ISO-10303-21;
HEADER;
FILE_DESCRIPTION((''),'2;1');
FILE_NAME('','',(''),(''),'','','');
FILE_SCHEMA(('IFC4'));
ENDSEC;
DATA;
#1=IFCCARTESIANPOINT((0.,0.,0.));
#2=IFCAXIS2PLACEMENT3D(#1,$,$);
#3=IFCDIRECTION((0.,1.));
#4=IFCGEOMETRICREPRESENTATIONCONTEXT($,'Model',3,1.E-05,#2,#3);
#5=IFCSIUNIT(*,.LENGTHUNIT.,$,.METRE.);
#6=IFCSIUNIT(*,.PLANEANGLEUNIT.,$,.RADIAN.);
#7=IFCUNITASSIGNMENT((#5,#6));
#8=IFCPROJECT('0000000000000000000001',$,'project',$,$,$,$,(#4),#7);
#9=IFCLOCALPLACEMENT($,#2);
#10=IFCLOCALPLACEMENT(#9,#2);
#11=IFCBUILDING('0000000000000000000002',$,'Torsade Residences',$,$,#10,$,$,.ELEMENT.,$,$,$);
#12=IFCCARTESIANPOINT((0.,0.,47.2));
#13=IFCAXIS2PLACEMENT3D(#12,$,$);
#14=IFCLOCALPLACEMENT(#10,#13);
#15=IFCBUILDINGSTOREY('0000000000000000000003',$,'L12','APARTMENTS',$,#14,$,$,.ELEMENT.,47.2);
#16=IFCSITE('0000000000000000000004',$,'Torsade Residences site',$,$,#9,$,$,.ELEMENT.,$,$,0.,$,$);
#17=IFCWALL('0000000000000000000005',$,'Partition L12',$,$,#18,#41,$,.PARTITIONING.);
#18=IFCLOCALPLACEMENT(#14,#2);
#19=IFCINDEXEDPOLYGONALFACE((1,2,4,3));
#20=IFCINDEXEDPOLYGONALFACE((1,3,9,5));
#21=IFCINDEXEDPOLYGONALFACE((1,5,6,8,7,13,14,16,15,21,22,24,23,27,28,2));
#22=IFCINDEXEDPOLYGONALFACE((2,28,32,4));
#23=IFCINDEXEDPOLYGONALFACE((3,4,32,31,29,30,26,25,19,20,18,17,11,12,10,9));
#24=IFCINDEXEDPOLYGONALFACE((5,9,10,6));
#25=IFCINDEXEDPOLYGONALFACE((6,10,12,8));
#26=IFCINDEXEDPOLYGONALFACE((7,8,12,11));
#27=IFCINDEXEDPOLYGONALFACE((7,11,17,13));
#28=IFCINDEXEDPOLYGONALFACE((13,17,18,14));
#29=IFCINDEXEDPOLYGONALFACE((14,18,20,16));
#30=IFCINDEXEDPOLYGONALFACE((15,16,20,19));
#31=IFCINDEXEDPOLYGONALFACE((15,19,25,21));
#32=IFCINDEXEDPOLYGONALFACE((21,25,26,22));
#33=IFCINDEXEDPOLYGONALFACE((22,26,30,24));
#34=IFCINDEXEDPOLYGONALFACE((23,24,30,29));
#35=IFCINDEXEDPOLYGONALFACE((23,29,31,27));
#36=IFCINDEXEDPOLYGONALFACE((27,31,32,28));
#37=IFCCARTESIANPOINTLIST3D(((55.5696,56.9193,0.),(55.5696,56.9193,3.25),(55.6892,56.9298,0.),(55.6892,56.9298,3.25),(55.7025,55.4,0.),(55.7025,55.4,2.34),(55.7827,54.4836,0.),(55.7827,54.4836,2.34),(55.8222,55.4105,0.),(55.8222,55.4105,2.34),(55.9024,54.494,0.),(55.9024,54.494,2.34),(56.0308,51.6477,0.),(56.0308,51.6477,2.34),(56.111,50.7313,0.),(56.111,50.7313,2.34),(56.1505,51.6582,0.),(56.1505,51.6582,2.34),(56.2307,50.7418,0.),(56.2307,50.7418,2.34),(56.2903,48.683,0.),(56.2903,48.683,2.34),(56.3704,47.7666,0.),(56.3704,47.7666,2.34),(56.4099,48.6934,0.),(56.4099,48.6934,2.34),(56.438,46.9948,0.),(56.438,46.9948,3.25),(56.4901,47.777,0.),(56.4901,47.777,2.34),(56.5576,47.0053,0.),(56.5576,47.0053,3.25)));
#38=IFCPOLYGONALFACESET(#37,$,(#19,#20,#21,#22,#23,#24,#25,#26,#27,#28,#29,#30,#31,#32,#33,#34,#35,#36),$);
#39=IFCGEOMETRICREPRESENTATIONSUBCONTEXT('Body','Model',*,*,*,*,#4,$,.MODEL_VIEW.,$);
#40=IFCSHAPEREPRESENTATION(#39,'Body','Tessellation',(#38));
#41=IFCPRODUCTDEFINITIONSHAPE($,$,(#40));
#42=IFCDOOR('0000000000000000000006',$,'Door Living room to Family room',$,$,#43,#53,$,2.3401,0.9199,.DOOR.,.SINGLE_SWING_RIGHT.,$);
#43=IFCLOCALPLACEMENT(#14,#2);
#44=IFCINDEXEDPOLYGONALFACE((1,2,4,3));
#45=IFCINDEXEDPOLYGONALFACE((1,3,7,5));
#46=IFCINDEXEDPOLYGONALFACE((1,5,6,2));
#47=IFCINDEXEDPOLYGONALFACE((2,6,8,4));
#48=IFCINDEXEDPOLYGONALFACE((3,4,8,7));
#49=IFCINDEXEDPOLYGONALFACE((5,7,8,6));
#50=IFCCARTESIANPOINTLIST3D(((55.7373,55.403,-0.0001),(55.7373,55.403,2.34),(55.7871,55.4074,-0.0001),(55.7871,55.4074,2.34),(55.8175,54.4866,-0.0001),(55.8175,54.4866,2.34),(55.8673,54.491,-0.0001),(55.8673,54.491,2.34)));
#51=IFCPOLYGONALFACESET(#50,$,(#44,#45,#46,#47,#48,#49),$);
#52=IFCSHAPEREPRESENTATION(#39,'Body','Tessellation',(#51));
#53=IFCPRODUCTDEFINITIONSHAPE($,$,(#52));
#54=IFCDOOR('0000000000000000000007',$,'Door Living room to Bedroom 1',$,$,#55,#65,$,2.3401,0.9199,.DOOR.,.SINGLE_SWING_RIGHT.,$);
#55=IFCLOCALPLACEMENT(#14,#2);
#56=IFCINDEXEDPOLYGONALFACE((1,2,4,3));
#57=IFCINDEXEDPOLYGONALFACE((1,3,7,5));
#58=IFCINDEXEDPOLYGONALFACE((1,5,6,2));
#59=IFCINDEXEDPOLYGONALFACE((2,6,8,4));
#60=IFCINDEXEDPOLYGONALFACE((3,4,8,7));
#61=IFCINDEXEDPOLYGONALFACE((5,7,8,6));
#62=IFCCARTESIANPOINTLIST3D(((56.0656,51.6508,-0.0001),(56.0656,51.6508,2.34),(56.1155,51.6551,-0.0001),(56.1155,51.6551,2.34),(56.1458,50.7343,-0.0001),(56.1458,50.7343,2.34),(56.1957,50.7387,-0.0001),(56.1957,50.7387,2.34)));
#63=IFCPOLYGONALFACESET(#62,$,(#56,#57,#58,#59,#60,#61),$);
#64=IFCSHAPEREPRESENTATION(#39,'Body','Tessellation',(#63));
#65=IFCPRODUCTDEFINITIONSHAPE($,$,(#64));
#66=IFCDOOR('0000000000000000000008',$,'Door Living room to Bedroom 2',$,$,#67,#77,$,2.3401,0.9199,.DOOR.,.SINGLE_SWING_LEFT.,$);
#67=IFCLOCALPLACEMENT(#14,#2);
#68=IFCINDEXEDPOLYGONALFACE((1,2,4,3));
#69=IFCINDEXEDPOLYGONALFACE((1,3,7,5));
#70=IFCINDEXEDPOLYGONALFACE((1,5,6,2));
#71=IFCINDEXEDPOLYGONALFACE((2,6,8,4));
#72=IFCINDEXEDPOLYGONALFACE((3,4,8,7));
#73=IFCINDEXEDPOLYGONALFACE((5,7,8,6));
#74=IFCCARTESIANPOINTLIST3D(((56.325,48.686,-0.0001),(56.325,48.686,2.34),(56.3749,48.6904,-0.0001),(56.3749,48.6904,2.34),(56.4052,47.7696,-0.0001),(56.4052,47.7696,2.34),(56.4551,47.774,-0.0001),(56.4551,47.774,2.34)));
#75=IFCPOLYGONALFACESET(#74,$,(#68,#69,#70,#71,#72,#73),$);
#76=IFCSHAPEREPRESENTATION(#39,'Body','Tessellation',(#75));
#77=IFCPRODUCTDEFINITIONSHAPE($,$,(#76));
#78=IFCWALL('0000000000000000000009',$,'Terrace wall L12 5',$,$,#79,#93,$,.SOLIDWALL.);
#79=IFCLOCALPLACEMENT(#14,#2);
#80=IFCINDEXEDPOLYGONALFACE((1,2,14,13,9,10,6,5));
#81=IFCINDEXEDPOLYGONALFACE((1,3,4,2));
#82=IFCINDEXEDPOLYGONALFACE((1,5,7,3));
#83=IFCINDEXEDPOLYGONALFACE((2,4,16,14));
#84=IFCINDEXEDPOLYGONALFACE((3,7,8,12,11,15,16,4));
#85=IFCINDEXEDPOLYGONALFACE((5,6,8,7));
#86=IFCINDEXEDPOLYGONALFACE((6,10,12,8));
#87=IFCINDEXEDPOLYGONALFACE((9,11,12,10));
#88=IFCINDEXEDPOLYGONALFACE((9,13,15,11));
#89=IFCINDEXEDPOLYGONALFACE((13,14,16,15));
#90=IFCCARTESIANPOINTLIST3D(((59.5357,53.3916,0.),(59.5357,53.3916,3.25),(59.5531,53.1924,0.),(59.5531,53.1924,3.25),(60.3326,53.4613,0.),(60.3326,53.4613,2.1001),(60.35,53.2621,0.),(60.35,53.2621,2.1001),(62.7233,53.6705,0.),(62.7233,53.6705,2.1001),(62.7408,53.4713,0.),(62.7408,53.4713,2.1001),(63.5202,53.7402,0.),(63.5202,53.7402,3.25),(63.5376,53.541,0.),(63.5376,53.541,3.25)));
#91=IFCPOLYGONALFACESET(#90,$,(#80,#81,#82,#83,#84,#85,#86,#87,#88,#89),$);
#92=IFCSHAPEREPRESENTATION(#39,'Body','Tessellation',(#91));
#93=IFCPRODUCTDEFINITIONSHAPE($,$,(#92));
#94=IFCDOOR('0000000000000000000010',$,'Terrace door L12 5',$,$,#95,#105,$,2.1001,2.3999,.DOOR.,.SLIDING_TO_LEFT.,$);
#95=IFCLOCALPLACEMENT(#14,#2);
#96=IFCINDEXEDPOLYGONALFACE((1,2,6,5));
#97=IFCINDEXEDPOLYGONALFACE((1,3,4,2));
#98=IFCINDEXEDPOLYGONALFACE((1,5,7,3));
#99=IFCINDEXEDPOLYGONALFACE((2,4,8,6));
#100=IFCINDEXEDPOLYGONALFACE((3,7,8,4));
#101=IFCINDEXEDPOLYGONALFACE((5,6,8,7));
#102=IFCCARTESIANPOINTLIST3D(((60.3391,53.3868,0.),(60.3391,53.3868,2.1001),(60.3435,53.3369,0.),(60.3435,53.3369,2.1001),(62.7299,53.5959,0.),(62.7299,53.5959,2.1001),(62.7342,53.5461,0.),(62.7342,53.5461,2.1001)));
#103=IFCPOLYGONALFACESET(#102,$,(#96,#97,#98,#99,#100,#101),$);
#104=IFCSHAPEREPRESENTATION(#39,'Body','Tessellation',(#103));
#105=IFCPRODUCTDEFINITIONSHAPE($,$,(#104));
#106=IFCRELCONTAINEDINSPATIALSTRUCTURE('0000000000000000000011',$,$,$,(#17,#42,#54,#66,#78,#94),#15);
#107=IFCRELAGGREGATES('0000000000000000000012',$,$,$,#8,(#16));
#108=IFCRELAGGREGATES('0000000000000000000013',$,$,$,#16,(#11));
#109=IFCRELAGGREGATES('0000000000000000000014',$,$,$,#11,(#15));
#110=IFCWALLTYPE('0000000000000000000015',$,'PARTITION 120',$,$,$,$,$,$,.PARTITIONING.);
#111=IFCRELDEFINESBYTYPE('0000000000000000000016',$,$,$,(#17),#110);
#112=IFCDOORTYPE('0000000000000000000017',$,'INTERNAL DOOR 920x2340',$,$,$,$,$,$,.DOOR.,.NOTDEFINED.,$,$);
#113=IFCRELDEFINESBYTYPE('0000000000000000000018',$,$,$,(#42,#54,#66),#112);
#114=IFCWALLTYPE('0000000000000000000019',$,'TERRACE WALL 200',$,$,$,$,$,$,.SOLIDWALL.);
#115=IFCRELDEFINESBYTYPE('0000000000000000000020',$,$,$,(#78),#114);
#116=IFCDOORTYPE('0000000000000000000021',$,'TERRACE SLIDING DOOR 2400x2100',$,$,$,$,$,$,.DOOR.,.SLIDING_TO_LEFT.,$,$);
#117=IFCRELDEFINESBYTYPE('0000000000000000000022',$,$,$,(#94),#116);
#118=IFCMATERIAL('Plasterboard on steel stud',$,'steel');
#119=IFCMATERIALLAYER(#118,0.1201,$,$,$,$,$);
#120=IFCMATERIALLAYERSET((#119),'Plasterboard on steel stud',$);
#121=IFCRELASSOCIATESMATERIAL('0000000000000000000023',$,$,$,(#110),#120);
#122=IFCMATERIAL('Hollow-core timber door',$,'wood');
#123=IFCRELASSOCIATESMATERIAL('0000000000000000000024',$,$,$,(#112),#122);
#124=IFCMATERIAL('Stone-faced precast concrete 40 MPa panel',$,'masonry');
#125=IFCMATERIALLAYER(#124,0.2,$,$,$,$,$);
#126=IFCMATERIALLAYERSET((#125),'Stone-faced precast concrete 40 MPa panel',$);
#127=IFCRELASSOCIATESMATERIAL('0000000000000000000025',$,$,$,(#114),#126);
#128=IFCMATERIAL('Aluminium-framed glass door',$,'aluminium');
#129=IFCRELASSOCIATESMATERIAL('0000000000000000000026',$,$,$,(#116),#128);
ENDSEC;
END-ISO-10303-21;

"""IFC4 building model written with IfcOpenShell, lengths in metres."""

from ifc_helpers import new_model, si_unit, direction, frame, frame_2d, origin, place, context, subcontext, project, spatial, rectangle, extrude, material, layer, layer_set, type_object, element, fill, save


model = new_model("IFC4")

# Units and contexts
model_context = context("Model", 3, precision=1e-05, world=origin(), true_north=direction((0.0, 1.0)))
body_context = subcontext(model_context, "Body", "Model", "MODEL_VIEW")
ifc_project = project(units=[si_unit("LENGTHUNIT", "METRE"), si_unit("PLANEANGLEUNIT", "RADIAN")], contexts=[model_context])

# Site, building, storey
site_placement = place(None, origin())
site = spatial("IfcSite", under=ifc_project, at=site_placement, Name="Torsade Residences site", CompositionType="ELEMENT", RefElevation=0.0)
building_placement = place(site_placement, origin())
building = spatial("IfcBuilding", under=site, at=building_placement, Name="Torsade Residences", CompositionType="ELEMENT")
storey_placement = place(building_placement, frame((0.0, 0.0, 47.2)))
storey = spatial("IfcBuildingStorey", under=building, at=storey_placement, Name="L12", Description="APARTMENTS", CompositionType="ELEMENT", Elevation=47.2)

# Wall, openings, doors
ifc_material_1 = material(Name="Plasterboard on steel stud", Category="steel")
ifc_layer_1 = layer(ifc_material_1, 0.1201)
ifc_layer_set_1 = layer_set([ifc_layer_1], Name="Plasterboard on steel stud")
wall_type_1 = type_object("IfcWallType", Name="PARTITION 120", PredefinedType="PARTITIONING", material=ifc_layer_set_1)
wall_1_placement = place(storey_placement, frame((55.6294, 56.9246, 0.0), z_axis=(0.0, 0.0, 1.0), x_axis=(0.087168, -0.996194, 0.0)))
wall_1 = element("IfcWall", 1, at=wall_1_placement, inside=storey, type_object=wall_type_1, Name="Partition L12", PredefinedType="PARTITIONING", context=body_context, shape_type="SweptSolid", body=[
    extrude(rectangle(XDim=9.9624, YDim=0.1201, at=frame_2d((4.9812, 0.0))), origin(), (0.0, 0.0, 1.0), 3.25),
])
opening_1_placement = place(wall_1_placement, frame((1.5251, 0.0, 0.0)))
opening_1 = element("IfcOpeningElement", 2, at=opening_1_placement, cuts=wall_1, PredefinedType="OPENING", context=body_context, shape_type="SweptSolid", body=[
    extrude(rectangle(XDim=0.9199, YDim=2.3401, at=frame_2d((0.46, 1.1699))), frame((0.0, 0.0701, 0.0), z_axis=(0.0, -1.0, 0.0), x_axis=(1.0, 0.0, 0.0)), (0.0, 0.0, 1.0), 0.1401),
])
opening_2_placement = place(wall_1_placement, frame((5.2917, 0.0, 0.0)))
opening_2 = element("IfcOpeningElement", 3, at=opening_2_placement, cuts=wall_1, PredefinedType="OPENING", context=body_context, shape_type="SweptSolid", body=[
    extrude(rectangle(XDim=0.9199, YDim=2.3401, at=frame_2d((0.46, 1.1699))), frame((0.0, 0.0701, 0.0), z_axis=(0.0, -1.0, 0.0), x_axis=(1.0, 0.0, 0.0)), (0.0, 0.0, 1.0), 0.1401),
])
opening_3_placement = place(wall_1_placement, frame((8.2678, 0.0, 0.0)))
opening_3 = element("IfcOpeningElement", 4, at=opening_3_placement, cuts=wall_1, PredefinedType="OPENING", context=body_context, shape_type="SweptSolid", body=[
    extrude(rectangle(XDim=0.9199, YDim=2.3401, at=frame_2d((0.46, 1.1699))), frame((0.0, 0.0701, 0.0), z_axis=(0.0, -1.0, 0.0), x_axis=(1.0, 0.0, 0.0)), (0.0, 0.0, 1.0), 0.1401),
])
ifc_material_2 = material(Name="Hollow-core timber door", Category="wood")
door_type_1 = type_object("IfcDoorType", Name="INTERNAL DOOR 920x2340", OperationType="NOTDEFINED", PredefinedType="DOOR", material=ifc_material_2)
door_1_placement = place(opening_1_placement, origin())
door_1 = element("IfcDoor", 5, at=door_1_placement, inside=storey, type_object=door_type_1, Name="Door Living room to Family room", OperationType="SINGLE_SWING_RIGHT", OverallHeight=2.3401, OverallWidth=0.9199, PredefinedType="DOOR", context=body_context, shape_type="SweptSolid", body=[
    extrude(rectangle(XDim=0.9199, YDim=2.3401, at=frame_2d((0.46, 1.1699))), frame((0.0, 0.0249, 0.0), z_axis=(0.0, -1.0, 0.0), x_axis=(1.0, 0.0, 0.0)), (0.0, 0.0, 1.0), 0.05),
])
fill(opening_1, door_1)
door_2_placement = place(opening_2_placement, origin())
door_2 = element("IfcDoor", 6, at=door_2_placement, inside=storey, type_object=door_type_1, Name="Door Living room to Bedroom 1", OperationType="SINGLE_SWING_RIGHT", OverallHeight=2.3401, OverallWidth=0.9199, PredefinedType="DOOR", context=body_context, shape_type="SweptSolid", body=[
    extrude(rectangle(XDim=0.9199, YDim=2.3401, at=frame_2d((0.46, 1.1699))), frame((0.0, 0.0249, 0.0), z_axis=(0.0, -1.0, 0.0), x_axis=(1.0, 0.0, 0.0)), (0.0, 0.0, 1.0), 0.05),
])
fill(opening_2, door_2)
door_3_placement = place(opening_3_placement, origin())
door_3 = element("IfcDoor", 7, at=door_3_placement, inside=storey, type_object=door_type_1, Name="Door Living room to Bedroom 2", OperationType="SINGLE_SWING_LEFT", OverallHeight=2.3401, OverallWidth=0.9199, PredefinedType="DOOR", context=body_context, shape_type="SweptSolid", body=[
    extrude(rectangle(XDim=0.9199, YDim=2.3401, at=frame_2d((0.46, 1.1699))), frame((0.0, 0.0249, 0.0), z_axis=(0.0, -1.0, 0.0), x_axis=(1.0, 0.0, 0.0)), (0.0, 0.0, 1.0), 0.05),
])
fill(opening_3, door_3)

# Wall, opening, door
ifc_material_3 = material(Name="Stone-faced precast concrete 40 MPa panel", Category="masonry")
ifc_layer_2 = layer(ifc_material_3, 0.2)
ifc_layer_set_2 = layer_set([ifc_layer_2], Name="Stone-faced precast concrete 40 MPa panel")
wall_type_2 = type_object("IfcWallType", Name="TERRACE WALL 200", PredefinedType="SOLIDWALL", material=ifc_layer_set_2)
wall_2_placement = place(storey_placement, frame((63.5291, 53.6406, 0.0), z_axis=(0.0, 0.0, 1.0), x_axis=(-0.996194, -0.087162, 0.0)))
wall_2 = element("IfcWall", 8, at=wall_2_placement, inside=storey, type_object=wall_type_2, Name="Terrace wall L12 5", PredefinedType="SOLIDWALL", context=body_context, shape_type="SweptSolid", body=[
    extrude(rectangle(XDim=3.9998, YDim=0.2, at=frame_2d((2.0, 0.0))), origin(), (0.0, 0.0, 1.0), 3.25),
])
opening_4_placement = place(wall_2_placement, frame((0.8, 0.0, 0.0)))
opening_4 = element("IfcOpeningElement", 9, at=opening_4_placement, cuts=wall_2, PredefinedType="OPENING", context=body_context, shape_type="SweptSolid", body=[
    extrude(rectangle(XDim=2.3999, YDim=2.1001, at=frame_2d((1.2, 1.05))), frame((0.0, 0.1099, 0.0), z_axis=(0.0, -1.0, 0.0), x_axis=(1.0, 0.0, 0.0)), (0.0, 0.0, 1.0), 0.22),
])
ifc_material_4 = material(Name="Aluminium-framed glass door", Category="aluminium")
door_type_2 = type_object("IfcDoorType", Name="TERRACE SLIDING DOOR 2400x2100", OperationType="SLIDING_TO_LEFT", PredefinedType="DOOR", material=ifc_material_4)
door_4_placement = place(opening_4_placement, origin())
door_4 = element("IfcDoor", 10, at=door_4_placement, inside=storey, type_object=door_type_2, Name="Terrace door L12 5", OperationType="SLIDING_TO_LEFT", OverallHeight=2.1001, OverallWidth=2.3999, PredefinedType="DOOR", context=body_context, shape_type="SweptSolid", body=[
    extrude(rectangle(XDim=2.3999, YDim=2.1001, at=frame_2d((1.2, 1.05))), frame((0.0, 0.0249, 0.0), z_axis=(0.0, -1.0, 0.0), x_axis=(1.0, 0.0, 0.0)), (0.0, 0.0, 1.0), 0.05),
])
fill(opening_4, door_4)

save(model, "model.ifc")
